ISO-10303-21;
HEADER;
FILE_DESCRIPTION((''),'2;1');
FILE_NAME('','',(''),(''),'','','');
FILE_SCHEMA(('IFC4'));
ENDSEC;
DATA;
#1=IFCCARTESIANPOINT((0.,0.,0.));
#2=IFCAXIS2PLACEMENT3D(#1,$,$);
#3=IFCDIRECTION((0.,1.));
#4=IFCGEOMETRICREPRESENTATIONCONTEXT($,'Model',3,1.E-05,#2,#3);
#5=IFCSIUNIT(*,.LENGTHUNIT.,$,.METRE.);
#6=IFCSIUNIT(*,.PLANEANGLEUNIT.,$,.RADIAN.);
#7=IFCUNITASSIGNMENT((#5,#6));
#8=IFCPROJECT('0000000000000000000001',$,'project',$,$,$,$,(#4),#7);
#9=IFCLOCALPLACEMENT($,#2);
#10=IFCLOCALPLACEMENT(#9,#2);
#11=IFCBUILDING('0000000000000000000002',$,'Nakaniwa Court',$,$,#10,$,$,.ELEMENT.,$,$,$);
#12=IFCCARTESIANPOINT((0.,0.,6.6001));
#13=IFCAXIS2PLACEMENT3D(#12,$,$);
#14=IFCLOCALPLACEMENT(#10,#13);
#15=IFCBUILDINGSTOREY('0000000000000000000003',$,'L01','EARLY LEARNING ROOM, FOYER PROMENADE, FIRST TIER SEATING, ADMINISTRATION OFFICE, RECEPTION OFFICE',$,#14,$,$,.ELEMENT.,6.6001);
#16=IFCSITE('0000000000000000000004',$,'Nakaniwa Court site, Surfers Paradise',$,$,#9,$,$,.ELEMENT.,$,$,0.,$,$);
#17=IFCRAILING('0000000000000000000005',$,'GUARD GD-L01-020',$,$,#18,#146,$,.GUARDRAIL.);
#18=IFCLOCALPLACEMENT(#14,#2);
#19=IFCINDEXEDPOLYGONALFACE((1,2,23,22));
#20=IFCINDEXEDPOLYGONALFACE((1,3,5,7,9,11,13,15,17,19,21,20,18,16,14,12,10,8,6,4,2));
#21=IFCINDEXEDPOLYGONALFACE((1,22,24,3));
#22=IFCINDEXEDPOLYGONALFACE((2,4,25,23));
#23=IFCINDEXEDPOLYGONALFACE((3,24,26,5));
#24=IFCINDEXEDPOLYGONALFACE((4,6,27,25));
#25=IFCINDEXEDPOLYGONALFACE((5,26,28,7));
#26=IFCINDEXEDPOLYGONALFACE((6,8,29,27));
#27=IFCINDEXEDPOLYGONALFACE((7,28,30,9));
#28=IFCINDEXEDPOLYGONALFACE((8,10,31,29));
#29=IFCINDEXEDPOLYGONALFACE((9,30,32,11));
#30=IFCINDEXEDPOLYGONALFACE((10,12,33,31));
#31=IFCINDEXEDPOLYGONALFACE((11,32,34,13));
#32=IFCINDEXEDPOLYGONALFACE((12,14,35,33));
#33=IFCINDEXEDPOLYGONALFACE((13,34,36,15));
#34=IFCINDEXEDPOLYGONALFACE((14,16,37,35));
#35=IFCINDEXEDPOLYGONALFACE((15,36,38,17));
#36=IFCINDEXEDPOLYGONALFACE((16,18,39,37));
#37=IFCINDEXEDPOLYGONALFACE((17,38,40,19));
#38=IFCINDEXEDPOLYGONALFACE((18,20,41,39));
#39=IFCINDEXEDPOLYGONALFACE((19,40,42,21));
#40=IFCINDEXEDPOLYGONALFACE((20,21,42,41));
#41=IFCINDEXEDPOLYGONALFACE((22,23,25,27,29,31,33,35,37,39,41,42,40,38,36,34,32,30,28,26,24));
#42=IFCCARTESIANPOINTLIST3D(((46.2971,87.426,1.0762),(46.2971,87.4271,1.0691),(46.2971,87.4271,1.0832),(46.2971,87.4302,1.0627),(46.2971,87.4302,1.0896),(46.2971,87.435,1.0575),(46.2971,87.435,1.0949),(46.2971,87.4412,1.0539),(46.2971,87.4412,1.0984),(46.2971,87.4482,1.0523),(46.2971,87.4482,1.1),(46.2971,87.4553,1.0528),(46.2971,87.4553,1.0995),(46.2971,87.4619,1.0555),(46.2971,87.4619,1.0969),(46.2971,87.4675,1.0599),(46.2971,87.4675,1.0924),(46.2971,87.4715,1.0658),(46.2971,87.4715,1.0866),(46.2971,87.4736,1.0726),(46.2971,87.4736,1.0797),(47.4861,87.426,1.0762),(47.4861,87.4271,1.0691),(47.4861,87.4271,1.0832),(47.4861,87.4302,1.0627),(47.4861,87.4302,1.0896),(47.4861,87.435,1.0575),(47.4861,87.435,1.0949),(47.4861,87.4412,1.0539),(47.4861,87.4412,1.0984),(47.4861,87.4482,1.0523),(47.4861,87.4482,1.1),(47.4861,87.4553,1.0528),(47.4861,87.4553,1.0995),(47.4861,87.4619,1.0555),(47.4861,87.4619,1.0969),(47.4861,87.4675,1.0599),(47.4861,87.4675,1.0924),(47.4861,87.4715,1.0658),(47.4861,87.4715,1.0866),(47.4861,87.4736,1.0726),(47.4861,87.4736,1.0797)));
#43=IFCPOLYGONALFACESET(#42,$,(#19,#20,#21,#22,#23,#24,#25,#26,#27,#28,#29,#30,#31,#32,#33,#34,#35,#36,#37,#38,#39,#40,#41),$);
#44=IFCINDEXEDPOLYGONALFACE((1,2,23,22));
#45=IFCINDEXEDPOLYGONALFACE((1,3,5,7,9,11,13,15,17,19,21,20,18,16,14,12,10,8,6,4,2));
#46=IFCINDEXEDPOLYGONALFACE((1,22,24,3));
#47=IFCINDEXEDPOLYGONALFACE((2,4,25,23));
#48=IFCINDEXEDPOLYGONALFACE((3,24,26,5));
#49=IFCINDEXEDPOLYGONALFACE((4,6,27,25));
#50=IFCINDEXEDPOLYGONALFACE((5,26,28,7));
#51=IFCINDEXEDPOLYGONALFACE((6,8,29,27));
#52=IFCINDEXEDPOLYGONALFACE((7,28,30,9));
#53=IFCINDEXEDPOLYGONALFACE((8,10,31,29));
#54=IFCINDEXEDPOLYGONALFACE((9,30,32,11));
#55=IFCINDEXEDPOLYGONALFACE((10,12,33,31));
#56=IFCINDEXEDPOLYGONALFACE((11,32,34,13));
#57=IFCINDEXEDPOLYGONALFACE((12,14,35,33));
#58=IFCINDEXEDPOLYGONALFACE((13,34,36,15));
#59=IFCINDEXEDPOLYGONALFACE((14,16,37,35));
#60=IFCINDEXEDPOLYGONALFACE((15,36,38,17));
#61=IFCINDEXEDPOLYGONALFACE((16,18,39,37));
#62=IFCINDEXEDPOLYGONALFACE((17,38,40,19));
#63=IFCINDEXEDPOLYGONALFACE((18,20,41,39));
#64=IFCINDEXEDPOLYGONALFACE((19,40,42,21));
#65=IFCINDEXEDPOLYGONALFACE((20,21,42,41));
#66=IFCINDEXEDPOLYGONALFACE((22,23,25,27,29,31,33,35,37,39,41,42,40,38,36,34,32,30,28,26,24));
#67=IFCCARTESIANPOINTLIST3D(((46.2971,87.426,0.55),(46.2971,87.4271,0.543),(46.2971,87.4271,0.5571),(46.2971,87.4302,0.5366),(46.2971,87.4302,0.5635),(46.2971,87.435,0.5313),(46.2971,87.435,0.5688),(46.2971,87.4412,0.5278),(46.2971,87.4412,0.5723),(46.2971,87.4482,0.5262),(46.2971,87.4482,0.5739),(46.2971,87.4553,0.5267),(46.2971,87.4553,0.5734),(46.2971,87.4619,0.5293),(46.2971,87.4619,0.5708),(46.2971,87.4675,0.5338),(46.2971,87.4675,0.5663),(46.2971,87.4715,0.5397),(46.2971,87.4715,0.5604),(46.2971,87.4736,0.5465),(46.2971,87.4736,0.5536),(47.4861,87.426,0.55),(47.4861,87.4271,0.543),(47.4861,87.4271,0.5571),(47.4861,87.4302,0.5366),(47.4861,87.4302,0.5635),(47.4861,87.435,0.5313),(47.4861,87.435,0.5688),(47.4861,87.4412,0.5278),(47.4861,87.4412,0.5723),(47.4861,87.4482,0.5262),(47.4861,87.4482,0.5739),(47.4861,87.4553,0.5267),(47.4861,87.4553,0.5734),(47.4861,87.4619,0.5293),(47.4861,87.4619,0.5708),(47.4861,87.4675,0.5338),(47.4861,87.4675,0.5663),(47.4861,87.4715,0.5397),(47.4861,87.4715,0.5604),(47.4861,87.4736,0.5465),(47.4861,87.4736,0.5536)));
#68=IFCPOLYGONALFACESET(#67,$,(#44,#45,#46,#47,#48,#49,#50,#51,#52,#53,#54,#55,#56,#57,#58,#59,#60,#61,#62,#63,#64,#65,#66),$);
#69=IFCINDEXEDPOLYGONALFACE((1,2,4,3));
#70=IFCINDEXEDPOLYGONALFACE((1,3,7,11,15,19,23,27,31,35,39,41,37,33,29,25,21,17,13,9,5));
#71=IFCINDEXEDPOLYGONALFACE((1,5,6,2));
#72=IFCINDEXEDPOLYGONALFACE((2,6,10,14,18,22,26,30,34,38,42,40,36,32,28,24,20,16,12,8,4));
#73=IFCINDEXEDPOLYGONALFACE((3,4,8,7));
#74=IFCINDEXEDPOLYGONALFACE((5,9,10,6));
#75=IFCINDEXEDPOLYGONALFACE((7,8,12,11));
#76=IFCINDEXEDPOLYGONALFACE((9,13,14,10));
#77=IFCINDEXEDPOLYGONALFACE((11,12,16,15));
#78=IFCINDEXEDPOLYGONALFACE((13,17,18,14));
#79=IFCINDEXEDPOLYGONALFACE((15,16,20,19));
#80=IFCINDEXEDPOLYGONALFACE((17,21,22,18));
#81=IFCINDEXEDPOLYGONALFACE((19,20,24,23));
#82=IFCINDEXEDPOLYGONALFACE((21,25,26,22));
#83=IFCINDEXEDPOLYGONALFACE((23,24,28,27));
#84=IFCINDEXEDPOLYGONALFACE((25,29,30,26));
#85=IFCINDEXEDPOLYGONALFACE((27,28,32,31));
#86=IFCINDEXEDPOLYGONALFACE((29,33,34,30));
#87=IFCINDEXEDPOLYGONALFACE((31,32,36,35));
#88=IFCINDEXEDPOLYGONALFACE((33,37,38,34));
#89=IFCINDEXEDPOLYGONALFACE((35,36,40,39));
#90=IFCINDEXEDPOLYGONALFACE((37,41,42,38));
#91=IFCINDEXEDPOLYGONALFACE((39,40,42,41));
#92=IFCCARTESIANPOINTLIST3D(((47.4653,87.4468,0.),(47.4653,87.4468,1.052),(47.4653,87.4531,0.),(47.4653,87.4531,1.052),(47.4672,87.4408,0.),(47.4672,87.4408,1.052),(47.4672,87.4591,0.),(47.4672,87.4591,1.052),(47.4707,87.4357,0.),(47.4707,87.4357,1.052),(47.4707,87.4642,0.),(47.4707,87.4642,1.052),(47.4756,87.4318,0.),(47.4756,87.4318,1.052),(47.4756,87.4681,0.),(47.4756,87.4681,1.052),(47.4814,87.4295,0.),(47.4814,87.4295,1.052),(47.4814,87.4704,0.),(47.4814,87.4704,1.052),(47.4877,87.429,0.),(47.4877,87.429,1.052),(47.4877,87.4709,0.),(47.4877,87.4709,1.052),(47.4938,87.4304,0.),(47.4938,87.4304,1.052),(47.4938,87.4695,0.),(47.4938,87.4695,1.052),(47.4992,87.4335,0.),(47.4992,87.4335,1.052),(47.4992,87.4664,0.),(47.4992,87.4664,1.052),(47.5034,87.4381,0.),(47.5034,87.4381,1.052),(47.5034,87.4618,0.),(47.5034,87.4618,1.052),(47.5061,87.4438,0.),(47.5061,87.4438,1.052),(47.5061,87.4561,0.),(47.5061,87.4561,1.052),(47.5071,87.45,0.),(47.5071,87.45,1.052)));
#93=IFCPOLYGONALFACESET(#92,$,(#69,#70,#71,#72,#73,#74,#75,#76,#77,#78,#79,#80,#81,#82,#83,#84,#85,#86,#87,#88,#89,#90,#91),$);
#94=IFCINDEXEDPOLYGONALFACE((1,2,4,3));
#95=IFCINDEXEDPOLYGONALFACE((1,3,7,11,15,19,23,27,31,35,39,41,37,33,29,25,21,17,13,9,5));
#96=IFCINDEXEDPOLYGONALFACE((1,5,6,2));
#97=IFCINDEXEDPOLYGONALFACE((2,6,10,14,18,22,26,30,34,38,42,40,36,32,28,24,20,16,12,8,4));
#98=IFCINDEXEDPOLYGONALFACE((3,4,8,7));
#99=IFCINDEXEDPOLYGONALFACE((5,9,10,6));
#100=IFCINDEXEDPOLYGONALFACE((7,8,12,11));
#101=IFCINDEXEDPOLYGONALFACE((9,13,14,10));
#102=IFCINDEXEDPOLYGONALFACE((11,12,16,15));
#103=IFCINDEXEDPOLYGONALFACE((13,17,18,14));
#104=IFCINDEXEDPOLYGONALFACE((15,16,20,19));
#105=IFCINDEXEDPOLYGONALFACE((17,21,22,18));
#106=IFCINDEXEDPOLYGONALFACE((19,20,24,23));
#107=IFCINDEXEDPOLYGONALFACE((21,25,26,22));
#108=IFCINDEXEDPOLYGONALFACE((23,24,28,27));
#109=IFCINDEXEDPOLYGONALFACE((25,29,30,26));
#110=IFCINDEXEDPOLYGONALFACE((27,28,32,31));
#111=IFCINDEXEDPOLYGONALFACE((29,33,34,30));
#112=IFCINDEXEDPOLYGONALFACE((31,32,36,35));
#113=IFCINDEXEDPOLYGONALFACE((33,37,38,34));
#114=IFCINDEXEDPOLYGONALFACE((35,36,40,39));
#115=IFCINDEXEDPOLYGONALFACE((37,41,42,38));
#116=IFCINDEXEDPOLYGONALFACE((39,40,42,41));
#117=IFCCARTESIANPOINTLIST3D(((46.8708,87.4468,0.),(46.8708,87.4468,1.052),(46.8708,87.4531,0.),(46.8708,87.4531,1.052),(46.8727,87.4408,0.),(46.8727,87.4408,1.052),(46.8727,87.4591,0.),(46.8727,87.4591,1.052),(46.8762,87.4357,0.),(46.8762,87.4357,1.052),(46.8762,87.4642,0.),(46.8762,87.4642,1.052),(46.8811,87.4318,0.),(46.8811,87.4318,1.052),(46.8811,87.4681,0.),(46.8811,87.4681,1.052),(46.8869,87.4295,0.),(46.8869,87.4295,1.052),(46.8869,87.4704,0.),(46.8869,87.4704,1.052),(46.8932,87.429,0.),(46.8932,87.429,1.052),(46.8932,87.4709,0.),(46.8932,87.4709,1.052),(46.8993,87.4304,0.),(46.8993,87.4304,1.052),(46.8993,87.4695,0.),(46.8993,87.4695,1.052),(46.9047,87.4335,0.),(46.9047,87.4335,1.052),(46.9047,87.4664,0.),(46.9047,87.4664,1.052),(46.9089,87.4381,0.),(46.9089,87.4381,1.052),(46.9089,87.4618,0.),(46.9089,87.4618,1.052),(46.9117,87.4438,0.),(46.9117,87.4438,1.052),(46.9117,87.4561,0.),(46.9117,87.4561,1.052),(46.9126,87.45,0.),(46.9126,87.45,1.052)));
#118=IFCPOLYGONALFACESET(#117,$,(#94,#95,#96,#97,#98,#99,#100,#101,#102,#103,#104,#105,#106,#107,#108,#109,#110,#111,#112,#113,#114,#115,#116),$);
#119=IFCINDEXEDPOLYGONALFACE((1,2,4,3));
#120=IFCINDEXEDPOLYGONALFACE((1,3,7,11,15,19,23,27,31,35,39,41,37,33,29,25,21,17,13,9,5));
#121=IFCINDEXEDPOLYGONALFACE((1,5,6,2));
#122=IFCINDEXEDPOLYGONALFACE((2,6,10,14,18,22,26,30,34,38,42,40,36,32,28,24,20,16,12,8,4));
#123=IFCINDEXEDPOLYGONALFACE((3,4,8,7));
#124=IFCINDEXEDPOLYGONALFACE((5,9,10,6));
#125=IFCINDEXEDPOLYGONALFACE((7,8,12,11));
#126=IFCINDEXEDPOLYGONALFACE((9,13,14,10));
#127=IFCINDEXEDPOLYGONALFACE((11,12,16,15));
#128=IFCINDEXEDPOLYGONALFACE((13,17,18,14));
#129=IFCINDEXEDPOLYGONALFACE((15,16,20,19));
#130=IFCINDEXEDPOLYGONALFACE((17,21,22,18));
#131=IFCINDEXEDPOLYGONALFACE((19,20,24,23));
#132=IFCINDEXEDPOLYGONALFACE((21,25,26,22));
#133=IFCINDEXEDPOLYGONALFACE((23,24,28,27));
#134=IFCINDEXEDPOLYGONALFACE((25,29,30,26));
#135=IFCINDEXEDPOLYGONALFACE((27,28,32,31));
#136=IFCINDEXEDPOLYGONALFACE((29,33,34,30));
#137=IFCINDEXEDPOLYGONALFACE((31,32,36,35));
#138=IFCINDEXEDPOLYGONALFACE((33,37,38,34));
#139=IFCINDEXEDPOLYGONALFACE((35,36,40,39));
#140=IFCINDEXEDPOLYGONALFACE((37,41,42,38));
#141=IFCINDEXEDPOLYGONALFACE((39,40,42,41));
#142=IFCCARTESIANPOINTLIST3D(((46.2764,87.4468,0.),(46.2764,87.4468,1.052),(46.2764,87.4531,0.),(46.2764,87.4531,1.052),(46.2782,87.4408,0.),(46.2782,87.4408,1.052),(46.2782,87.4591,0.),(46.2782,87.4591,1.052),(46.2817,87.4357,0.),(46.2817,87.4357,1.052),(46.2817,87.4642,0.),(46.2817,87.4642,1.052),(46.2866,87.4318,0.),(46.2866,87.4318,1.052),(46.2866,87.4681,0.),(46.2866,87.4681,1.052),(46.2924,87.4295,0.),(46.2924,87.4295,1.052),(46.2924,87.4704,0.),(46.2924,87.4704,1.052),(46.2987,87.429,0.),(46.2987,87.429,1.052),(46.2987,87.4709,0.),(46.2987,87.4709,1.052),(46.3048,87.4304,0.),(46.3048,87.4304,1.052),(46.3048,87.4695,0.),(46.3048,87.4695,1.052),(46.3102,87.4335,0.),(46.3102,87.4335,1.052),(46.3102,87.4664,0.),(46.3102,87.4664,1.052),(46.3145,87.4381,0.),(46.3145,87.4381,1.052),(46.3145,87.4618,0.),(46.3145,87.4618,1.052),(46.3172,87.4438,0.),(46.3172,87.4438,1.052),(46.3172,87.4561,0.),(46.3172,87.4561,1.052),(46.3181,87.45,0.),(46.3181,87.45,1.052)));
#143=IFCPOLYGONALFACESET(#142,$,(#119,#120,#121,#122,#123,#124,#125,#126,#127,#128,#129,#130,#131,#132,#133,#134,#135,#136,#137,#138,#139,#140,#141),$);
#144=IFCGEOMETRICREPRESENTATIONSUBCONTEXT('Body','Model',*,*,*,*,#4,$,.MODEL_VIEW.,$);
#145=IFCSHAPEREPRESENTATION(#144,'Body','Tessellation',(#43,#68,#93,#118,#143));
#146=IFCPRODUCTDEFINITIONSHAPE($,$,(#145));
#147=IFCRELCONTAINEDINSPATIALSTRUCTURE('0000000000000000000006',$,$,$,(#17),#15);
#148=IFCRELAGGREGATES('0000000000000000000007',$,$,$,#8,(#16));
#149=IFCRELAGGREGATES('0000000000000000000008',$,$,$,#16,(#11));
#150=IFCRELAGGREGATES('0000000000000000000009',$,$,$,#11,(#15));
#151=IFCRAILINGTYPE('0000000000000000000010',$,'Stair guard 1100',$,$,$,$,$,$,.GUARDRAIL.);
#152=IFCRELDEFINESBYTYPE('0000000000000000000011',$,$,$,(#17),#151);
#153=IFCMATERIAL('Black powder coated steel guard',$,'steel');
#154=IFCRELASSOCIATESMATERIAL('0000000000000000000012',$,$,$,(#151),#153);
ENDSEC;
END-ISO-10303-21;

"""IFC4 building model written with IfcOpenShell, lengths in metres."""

from ifc_helpers import new_model, si_unit, direction, frame, origin, origin_2d, place, context, subcontext, project, spatial, circle, extrude, material, type_object, element, save


model = new_model("IFC4")

# Units and contexts
model_context = context("Model", 3, precision=1e-05, world=origin(), true_north=direction((0.0, 1.0)))
body_context = subcontext(model_context, "Body", "Model", "MODEL_VIEW")
ifc_project = project(units=[si_unit("LENGTHUNIT", "METRE"), si_unit("PLANEANGLEUNIT", "RADIAN")], contexts=[model_context])

# Site, building, storey
site_placement = place(None, origin())
site = spatial("IfcSite", under=ifc_project, at=site_placement, Name="Nakaniwa Court site, Surfers Paradise", CompositionType="ELEMENT", RefElevation=0.0)
building_placement = place(site_placement, origin())
building = spatial("IfcBuilding", under=site, at=building_placement, Name="Nakaniwa Court", CompositionType="ELEMENT")
storey_placement = place(building_placement, frame((0.0, 0.0, 6.6001)))
storey = spatial("IfcBuildingStorey", under=building, at=storey_placement, Name="L01", Description="EARLY LEARNING ROOM, FOYER PROMENADE, FIRST TIER SEATING, ADMINISTRATION OFFICE, RECEPTION OFFICE", CompositionType="ELEMENT", Elevation=6.6001)

# Railing
ifc_material_1 = material(Name="Black powder coated steel guard", Category="steel")
railing_type = type_object("IfcRailingType", Name="Stair guard 1100", PredefinedType="GUARDRAIL", material=ifc_material_1)
railing_1_placement = place(storey_placement, frame((47.4861, 87.45, 0.0)))
element("IfcRailing", 1, at=railing_1_placement, inside=storey, type_object=railing_type, Name="GUARD GD-L01-020", PredefinedType="GUARDRAIL", context=body_context, shape_type="SweptSolid", body=[
    extrude(circle(Radius=0.0239, at=origin_2d()), frame((0.0, 0.0, 1.0762), z_axis=(-1.0, 0.0, 0.0), x_axis=(0.0, -1.0, 0.0)), (0.0, 0.0, 1.0), 1.189),
    extrude(circle(Radius=0.0239, at=origin_2d()), frame((0.0, 0.0, 0.55), z_axis=(-1.0, 0.0, 0.0), x_axis=(0.0, -1.0, 0.0)), (0.0, 0.0, 1.0), 1.189),
    extrude(circle(Radius=0.021, at=origin_2d()), origin(), (0.0, 0.0, 1.0), 1.052),
    extrude(circle(Radius=0.021, at=origin_2d()), frame((-0.5945, 0.0, 0.0)), (0.0, 0.0, 1.0), 1.052),
    extrude(circle(Radius=0.021, at=origin_2d()), frame((-1.189, 0.0, 0.0)), (0.0, 0.0, 1.0), 1.052),
])

save(model, "model.ifc")
